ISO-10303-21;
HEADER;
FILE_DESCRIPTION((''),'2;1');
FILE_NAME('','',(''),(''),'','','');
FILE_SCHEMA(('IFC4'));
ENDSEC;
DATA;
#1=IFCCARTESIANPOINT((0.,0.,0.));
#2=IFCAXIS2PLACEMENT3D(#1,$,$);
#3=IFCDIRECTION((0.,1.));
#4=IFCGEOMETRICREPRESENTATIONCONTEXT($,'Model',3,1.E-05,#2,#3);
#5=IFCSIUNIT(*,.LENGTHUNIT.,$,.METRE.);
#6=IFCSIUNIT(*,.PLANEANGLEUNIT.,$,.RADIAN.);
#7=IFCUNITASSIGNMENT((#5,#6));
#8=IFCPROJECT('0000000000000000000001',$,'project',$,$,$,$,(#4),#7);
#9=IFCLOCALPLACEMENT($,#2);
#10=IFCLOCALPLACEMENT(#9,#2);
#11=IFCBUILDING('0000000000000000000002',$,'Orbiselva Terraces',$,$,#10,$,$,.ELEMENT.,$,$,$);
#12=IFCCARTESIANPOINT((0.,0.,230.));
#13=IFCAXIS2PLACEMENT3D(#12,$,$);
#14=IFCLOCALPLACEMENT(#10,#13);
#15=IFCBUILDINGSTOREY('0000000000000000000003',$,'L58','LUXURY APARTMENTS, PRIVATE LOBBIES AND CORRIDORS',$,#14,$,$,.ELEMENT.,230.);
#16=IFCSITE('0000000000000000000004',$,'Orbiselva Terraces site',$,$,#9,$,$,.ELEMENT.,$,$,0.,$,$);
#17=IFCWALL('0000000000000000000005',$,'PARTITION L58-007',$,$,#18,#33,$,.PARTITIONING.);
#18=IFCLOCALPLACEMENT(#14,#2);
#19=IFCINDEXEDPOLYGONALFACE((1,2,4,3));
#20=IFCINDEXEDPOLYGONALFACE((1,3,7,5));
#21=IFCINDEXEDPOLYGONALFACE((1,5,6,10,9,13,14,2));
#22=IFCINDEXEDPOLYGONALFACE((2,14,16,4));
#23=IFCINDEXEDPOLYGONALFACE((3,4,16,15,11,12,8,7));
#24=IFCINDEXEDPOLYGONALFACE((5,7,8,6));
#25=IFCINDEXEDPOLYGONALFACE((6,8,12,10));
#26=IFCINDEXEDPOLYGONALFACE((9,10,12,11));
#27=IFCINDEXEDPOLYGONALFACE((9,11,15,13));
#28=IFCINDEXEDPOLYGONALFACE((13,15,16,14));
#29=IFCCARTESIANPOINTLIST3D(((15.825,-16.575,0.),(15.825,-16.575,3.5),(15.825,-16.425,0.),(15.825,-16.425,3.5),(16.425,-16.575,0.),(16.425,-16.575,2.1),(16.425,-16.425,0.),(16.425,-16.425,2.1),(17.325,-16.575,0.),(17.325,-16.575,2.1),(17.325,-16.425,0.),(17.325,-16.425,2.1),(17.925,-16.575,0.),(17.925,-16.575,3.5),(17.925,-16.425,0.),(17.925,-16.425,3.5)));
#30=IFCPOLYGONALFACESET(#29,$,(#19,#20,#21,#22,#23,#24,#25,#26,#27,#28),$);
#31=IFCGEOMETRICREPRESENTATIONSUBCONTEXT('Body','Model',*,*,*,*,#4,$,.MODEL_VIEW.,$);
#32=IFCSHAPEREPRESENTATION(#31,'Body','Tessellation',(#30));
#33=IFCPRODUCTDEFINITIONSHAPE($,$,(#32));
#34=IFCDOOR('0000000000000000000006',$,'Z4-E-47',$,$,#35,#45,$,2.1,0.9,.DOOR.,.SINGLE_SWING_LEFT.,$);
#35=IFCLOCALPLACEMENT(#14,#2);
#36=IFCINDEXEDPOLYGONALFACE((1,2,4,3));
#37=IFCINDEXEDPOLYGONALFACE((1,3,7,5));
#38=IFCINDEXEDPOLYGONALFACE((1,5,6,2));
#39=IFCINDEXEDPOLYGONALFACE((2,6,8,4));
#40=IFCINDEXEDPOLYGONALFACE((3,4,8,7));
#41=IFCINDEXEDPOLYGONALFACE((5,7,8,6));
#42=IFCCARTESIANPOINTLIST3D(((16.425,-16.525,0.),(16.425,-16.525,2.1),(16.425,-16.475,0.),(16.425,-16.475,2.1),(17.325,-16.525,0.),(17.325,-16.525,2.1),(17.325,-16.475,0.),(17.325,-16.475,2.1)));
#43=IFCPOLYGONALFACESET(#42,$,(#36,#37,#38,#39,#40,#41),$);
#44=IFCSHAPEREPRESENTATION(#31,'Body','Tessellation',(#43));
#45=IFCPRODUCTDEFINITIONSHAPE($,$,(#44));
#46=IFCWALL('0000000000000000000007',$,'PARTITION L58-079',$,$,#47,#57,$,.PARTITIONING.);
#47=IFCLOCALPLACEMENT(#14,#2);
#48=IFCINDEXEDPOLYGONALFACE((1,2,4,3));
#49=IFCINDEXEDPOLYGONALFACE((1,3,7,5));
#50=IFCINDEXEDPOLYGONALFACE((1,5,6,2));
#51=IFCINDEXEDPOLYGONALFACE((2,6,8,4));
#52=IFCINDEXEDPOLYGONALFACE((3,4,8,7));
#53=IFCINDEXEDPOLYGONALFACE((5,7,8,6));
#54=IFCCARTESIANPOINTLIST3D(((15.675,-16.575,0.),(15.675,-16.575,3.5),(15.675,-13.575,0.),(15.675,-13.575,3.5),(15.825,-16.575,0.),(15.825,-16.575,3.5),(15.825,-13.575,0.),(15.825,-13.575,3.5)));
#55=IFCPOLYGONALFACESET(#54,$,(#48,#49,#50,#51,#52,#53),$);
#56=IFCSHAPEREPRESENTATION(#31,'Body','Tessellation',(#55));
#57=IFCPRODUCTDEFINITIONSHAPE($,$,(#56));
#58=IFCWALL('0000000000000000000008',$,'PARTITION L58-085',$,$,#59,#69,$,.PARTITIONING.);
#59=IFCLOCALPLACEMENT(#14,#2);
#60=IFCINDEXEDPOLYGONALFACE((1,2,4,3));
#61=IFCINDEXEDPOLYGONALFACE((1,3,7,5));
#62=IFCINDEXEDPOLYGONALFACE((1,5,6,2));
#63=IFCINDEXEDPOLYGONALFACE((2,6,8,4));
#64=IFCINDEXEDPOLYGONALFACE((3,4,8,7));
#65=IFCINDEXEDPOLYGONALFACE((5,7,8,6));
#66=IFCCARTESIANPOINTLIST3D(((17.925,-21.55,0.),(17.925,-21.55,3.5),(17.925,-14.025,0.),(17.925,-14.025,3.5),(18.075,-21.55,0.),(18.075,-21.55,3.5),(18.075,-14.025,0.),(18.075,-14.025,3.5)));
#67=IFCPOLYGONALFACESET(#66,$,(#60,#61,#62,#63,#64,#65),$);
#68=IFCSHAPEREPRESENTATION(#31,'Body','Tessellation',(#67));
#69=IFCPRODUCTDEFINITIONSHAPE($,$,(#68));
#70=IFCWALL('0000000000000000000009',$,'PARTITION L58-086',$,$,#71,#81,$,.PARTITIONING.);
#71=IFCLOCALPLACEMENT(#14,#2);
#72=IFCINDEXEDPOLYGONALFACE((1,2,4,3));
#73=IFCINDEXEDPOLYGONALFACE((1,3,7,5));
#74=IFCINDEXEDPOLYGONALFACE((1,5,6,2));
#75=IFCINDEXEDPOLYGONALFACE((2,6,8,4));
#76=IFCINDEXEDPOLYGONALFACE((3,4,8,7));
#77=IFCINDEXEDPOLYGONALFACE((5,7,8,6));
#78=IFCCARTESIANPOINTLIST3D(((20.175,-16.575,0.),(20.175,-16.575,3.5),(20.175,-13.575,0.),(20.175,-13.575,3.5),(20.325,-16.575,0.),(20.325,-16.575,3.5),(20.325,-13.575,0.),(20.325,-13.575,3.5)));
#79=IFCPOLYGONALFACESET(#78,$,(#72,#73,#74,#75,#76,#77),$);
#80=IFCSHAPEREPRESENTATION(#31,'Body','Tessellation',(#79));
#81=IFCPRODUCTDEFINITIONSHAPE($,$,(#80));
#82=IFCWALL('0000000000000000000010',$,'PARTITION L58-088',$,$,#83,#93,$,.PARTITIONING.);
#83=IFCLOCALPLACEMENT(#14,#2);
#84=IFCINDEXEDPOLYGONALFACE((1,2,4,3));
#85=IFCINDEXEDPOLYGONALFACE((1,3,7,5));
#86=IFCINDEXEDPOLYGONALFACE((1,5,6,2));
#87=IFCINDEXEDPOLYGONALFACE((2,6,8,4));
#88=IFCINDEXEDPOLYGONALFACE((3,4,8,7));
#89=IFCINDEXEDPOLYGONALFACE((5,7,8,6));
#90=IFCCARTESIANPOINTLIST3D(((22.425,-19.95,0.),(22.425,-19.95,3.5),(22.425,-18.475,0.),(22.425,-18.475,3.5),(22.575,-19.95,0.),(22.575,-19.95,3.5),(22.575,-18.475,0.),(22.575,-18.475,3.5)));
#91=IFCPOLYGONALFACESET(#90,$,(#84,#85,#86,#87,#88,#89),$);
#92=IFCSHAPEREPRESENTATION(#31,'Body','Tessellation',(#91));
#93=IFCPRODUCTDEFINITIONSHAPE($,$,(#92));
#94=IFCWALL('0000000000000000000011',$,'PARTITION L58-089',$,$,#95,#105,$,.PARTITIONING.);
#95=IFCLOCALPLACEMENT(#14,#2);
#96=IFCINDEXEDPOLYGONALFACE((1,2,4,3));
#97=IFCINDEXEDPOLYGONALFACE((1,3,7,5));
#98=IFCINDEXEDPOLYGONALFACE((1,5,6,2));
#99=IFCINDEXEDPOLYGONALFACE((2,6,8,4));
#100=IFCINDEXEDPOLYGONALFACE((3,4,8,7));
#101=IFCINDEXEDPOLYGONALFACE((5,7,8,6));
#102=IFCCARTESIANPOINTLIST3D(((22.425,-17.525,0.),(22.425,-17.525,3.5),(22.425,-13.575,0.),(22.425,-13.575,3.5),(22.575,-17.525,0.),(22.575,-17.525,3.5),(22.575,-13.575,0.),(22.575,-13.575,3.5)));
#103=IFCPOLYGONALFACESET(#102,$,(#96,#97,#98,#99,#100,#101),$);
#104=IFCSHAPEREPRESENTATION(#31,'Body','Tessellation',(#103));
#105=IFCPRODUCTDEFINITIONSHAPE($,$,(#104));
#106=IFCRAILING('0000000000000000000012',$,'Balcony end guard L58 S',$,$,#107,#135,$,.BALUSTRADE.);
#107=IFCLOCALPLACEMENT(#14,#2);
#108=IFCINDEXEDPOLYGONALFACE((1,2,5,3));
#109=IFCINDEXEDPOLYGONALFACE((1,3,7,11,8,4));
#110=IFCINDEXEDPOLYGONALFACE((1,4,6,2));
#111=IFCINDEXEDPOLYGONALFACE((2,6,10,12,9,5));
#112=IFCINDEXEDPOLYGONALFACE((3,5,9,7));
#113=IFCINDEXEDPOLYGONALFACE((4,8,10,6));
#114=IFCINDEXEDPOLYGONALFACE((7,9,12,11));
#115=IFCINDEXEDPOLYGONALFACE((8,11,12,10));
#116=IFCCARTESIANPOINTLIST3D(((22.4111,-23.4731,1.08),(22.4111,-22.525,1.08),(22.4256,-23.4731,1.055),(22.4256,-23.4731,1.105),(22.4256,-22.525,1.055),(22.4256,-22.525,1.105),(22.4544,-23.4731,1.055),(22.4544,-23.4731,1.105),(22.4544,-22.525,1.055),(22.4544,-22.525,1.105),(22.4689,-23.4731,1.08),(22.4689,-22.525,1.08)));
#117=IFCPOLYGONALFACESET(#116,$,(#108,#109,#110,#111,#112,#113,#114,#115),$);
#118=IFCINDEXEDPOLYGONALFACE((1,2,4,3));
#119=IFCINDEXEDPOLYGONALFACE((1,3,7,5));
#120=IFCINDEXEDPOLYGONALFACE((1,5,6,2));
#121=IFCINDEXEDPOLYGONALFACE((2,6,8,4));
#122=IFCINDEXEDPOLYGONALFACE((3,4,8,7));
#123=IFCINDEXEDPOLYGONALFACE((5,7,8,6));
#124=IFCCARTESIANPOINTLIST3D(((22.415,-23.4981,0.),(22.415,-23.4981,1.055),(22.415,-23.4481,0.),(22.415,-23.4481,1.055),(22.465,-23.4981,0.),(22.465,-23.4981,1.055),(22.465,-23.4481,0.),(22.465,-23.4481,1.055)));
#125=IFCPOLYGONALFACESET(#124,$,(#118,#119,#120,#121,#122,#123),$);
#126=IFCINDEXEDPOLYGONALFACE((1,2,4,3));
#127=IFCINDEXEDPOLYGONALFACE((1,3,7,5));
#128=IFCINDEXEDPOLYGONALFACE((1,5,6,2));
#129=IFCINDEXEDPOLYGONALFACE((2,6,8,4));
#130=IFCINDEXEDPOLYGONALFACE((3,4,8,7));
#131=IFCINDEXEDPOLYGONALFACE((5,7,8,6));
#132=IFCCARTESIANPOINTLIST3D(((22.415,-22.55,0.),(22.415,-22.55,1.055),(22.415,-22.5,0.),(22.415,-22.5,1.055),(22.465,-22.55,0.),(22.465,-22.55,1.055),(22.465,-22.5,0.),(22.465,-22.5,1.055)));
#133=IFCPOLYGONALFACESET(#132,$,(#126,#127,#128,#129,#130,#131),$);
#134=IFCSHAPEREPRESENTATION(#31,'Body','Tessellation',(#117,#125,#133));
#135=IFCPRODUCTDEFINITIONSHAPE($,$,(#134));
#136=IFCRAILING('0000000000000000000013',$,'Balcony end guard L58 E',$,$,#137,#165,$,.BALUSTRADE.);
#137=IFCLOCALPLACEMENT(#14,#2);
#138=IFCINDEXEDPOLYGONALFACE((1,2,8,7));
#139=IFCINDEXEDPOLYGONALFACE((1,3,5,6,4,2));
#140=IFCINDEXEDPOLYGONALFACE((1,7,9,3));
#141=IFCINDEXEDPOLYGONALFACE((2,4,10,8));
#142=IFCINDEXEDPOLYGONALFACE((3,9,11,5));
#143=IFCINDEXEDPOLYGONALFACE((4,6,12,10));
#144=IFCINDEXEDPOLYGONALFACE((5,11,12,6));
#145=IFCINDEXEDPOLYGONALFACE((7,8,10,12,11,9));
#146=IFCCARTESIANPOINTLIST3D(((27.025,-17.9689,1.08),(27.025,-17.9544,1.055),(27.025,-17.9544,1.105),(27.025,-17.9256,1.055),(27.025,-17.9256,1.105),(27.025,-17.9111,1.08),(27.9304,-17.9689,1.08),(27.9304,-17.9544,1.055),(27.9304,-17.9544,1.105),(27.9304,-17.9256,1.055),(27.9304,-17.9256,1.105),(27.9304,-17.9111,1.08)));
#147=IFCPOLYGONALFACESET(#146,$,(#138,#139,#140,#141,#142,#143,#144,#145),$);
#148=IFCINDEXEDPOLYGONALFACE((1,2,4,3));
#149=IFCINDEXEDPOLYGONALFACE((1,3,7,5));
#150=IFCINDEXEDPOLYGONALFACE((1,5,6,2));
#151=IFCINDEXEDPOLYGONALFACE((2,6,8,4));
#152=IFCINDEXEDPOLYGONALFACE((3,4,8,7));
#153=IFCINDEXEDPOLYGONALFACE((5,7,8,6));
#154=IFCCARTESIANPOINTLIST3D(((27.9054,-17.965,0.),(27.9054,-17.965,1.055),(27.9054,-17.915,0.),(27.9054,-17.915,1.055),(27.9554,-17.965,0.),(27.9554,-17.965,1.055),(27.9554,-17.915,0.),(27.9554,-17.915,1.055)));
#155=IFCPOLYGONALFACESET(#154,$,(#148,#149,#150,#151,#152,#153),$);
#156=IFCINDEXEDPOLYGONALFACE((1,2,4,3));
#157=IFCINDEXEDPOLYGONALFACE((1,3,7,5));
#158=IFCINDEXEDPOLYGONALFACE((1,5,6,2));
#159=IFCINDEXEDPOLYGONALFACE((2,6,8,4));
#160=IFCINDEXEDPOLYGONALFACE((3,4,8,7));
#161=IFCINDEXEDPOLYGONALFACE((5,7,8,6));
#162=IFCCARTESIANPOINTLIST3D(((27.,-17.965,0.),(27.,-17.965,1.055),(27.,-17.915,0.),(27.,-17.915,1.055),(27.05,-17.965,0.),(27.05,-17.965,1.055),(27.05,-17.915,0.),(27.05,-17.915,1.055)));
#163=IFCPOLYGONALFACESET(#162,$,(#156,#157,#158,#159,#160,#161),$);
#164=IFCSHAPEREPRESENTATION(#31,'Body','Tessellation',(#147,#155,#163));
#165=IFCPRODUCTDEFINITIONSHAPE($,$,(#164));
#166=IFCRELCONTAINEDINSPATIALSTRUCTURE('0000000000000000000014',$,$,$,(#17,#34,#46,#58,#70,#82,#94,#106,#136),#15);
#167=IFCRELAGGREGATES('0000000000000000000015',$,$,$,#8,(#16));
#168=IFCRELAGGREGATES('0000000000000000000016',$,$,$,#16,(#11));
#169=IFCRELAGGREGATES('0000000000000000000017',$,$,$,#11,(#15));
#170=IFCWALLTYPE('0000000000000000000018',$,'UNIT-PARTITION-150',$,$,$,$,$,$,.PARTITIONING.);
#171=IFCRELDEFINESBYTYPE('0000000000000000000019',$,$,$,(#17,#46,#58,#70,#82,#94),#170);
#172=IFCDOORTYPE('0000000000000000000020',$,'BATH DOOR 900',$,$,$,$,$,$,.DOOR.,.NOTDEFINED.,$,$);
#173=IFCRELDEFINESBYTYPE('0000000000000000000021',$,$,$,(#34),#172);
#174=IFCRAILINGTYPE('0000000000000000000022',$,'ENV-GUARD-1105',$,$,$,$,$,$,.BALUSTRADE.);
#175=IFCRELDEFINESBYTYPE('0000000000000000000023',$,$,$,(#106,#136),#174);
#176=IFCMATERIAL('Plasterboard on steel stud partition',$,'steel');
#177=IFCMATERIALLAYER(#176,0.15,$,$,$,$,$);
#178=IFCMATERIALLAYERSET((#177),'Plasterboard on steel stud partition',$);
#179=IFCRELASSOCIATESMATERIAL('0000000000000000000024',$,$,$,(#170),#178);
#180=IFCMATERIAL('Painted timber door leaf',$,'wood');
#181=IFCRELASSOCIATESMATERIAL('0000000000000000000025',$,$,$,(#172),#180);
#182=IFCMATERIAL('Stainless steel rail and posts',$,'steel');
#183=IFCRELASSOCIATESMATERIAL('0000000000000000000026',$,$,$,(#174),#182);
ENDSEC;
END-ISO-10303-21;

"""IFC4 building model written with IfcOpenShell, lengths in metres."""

from ifc_helpers import new_model, si_unit, direction, frame, frame_2d, origin, origin_2d, place, context, subcontext, project, spatial, polyline, rectangle, outline, extrude, material, layer, layer_set, type_object, element, fill, save


model = new_model("IFC4")

# Units and contexts
model_context = context("Model", 3, precision=1e-05, world=origin(), true_north=direction((0.0, 1.0)))
body_context = subcontext(model_context, "Body", "Model", "MODEL_VIEW")
ifc_project = project(units=[si_unit("LENGTHUNIT", "METRE"), si_unit("PLANEANGLEUNIT", "RADIAN")], contexts=[model_context])

# Site, building, storey
site_placement = place(None, origin())
site = spatial("IfcSite", under=ifc_project, at=site_placement, Name="Orbiselva Terraces site", CompositionType="ELEMENT", RefElevation=0.0)
building_placement = place(site_placement, origin())
building = spatial("IfcBuilding", under=site, at=building_placement, Name="Orbiselva Terraces", CompositionType="ELEMENT")
storey_placement = place(building_placement, frame((0.0, 0.0, 230.0)))
storey = spatial("IfcBuildingStorey", under=building, at=storey_placement, Name="L58", Description="LUXURY APARTMENTS, PRIVATE LOBBIES AND CORRIDORS", CompositionType="ELEMENT", Elevation=230.0)

# Wall, opening, door
ifc_material_1 = material(Name="Plasterboard on steel stud partition", Category="steel")
ifc_layer_1 = layer(ifc_material_1, 0.15)
ifc_layer_set_1 = layer_set([ifc_layer_1], Name="Plasterboard on steel stud partition")
wall_type_1 = type_object("IfcWallType", Name="UNIT-PARTITION-150", PredefinedType="PARTITIONING", material=ifc_layer_set_1)
wall_1_placement = place(storey_placement, frame((15.825, -16.5, 0.0), z_axis=(0.0, 0.0, 1.0), x_axis=(1.0, 0.0, 0.0)))
wall_1 = element("IfcWall", 1, at=wall_1_placement, inside=storey, type_object=wall_type_1, Name="PARTITION L58-007", PredefinedType="PARTITIONING", context=body_context, shape_type="SweptSolid", body=[
    extrude(rectangle(XDim=2.1, YDim=0.15, at=frame_2d((1.05, 0.0))), origin(), (0.0, 0.0, 1.0), 3.5),
])
opening_1_placement = place(wall_1_placement, frame((0.6, 0.0, 0.0)))
opening_1 = element("IfcOpeningElement", 2, at=opening_1_placement, cuts=wall_1, PredefinedType="OPENING", context=body_context, shape_type="SweptSolid", body=[
    extrude(rectangle(XDim=0.9, YDim=2.1, at=frame_2d((0.45, 1.05))), frame((0.0, 0.085, 0.0), z_axis=(0.0, -1.0, 0.0), x_axis=(1.0, 0.0, 0.0)), (0.0, 0.0, 1.0), 0.17),
])
ifc_material_2 = material(Name="Painted timber door leaf", Category="wood")
door_type_1 = type_object("IfcDoorType", Name="BATH DOOR 900", OperationType="NOTDEFINED", PredefinedType="DOOR", material=ifc_material_2)
door_1_placement = place(opening_1_placement, origin())
door_1 = element("IfcDoor", 3, at=door_1_placement, inside=storey, type_object=door_type_1, Name="Z4-E-47", OperationType="SINGLE_SWING_LEFT", OverallHeight=2.1, OverallWidth=0.9, PredefinedType="DOOR", context=body_context, shape_type="SweptSolid", body=[
    extrude(rectangle(XDim=0.9, YDim=2.1, at=frame_2d((0.45, 1.05))), frame((0.0, 0.025, 0.0), z_axis=(0.0, -1.0, 0.0), x_axis=(1.0, 0.0, 0.0)), (0.0, 0.0, 1.0), 0.05),
])
fill(opening_1, door_1)

# Walls
wall_2_placement = place(storey_placement, frame((15.75, -16.575, 0.0), z_axis=(0.0, 0.0, 1.0), x_axis=(0.0, 1.0, 0.0)))
element("IfcWall", 4, at=wall_2_placement, inside=storey, type_object=wall_type_1, Name="PARTITION L58-079", PredefinedType="PARTITIONING", context=body_context, shape_type="SweptSolid", body=[
    extrude(rectangle(XDim=3.0, YDim=0.15, at=frame_2d((1.5, 0.0))), origin(), (0.0, 0.0, 1.0), 3.5),
])
wall_3_placement = place(storey_placement, frame((18.0, -21.55, 0.0), z_axis=(0.0, 0.0, 1.0), x_axis=(0.0, 1.0, 0.0)))
element("IfcWall", 5, at=wall_3_placement, inside=storey, type_object=wall_type_1, Name="PARTITION L58-085", PredefinedType="PARTITIONING", context=body_context, shape_type="SweptSolid", body=[
    extrude(rectangle(XDim=7.525, YDim=0.15, at=frame_2d((3.7625, 0.0))), origin(), (0.0, 0.0, 1.0), 3.5),
])
wall_4_placement = place(storey_placement, frame((20.25, -16.575, 0.0), z_axis=(0.0, 0.0, 1.0), x_axis=(0.0, 1.0, 0.0)))
element("IfcWall", 6, at=wall_4_placement, inside=storey, type_object=wall_type_1, Name="PARTITION L58-086", PredefinedType="PARTITIONING", context=body_context, shape_type="SweptSolid", body=[
    extrude(rectangle(XDim=3.0, YDim=0.15, at=frame_2d((1.5, 0.0))), origin(), (0.0, 0.0, 1.0), 3.5),
])
wall_5_placement = place(storey_placement, frame((22.5, -19.95, 0.0), z_axis=(0.0, 0.0, 1.0), x_axis=(0.0, 1.0, 0.0)))
element("IfcWall", 7, at=wall_5_placement, inside=storey, type_object=wall_type_1, Name="PARTITION L58-088", PredefinedType="PARTITIONING", context=body_context, shape_type="SweptSolid", body=[
    extrude(rectangle(XDim=1.475, YDim=0.15, at=frame_2d((0.7375, 0.0))), origin(), (0.0, 0.0, 1.0), 3.5),
])
wall_6_placement = place(storey_placement, frame((22.5, -17.525, 0.0), z_axis=(0.0, 0.0, 1.0), x_axis=(0.0, 1.0, 0.0)))
element("IfcWall", 8, at=wall_6_placement, inside=storey, type_object=wall_type_1, Name="PARTITION L58-089", PredefinedType="PARTITIONING", context=body_context, shape_type="SweptSolid", body=[
    extrude(rectangle(XDim=3.95, YDim=0.15, at=frame_2d((1.975, 0.0))), origin(), (0.0, 0.0, 1.0), 3.5),
])

# Railings
ifc_material_3 = material(Name="Stainless steel rail and posts", Category="steel")
railing_type_1 = type_object("IfcRailingType", Name="ENV-GUARD-1105", PredefinedType="BALUSTRADE", material=ifc_material_3)
railing_1_placement = place(storey_placement, frame((22.44, -23.4731, 0.0)))
element("IfcRailing", 9, at=railing_1_placement, inside=storey, type_object=railing_type_1, Name="Balcony end guard L58 S", PredefinedType="BALUSTRADE", context=body_context, shape_type="SweptSolid", body=[
    extrude(outline(polyline([(0.0289, 0.0), (0.0144, 0.025), (-0.0144, 0.025), (-0.0289, 0.0), (-0.0144, -0.025), (0.0144, -0.025), (0.0289, 0.0)])), frame((0.0, 0.0, 1.08), z_axis=(0.0, 1.0, 0.0), x_axis=(-1.0, 0.0, 0.0)), (0.0, 0.0, 1.0), 0.9481),
    extrude(rectangle(XDim=0.05, YDim=0.05, at=origin_2d()), origin(), (0.0, 0.0, 1.0), 1.055),
    extrude(rectangle(XDim=0.05, YDim=0.05, at=origin_2d()), frame((0.0, 0.9481, 0.0)), (0.0, 0.0, 1.0), 1.055),
])
railing_2_placement = place(storey_placement, frame((27.9304, -17.94, 0.0)))
element("IfcRailing", 10, at=railing_2_placement, inside=storey, type_object=railing_type_1, Name="Balcony end guard L58 E", PredefinedType="BALUSTRADE", context=body_context, shape_type="SweptSolid", body=[
    extrude(outline(polyline([(0.0289, 0.0), (0.0144, 0.025), (-0.0144, 0.025), (-0.0289, 0.0), (-0.0144, -0.025), (0.0144, -0.025), (0.0289, 0.0)])), frame((0.0, 0.0, 1.08), z_axis=(-1.0, 0.0, 0.0), x_axis=(0.0, -1.0, 0.0)), (0.0, 0.0, 1.0), 0.9054),
    extrude(rectangle(XDim=0.05, YDim=0.05, at=origin_2d()), origin(), (0.0, 0.0, 1.0), 1.055),
    extrude(rectangle(XDim=0.05, YDim=0.05, at=origin_2d()), frame((-0.9054, 0.0, 0.0)), (0.0, 0.0, 1.0), 1.055),
])

save(model, "model.ifc")
